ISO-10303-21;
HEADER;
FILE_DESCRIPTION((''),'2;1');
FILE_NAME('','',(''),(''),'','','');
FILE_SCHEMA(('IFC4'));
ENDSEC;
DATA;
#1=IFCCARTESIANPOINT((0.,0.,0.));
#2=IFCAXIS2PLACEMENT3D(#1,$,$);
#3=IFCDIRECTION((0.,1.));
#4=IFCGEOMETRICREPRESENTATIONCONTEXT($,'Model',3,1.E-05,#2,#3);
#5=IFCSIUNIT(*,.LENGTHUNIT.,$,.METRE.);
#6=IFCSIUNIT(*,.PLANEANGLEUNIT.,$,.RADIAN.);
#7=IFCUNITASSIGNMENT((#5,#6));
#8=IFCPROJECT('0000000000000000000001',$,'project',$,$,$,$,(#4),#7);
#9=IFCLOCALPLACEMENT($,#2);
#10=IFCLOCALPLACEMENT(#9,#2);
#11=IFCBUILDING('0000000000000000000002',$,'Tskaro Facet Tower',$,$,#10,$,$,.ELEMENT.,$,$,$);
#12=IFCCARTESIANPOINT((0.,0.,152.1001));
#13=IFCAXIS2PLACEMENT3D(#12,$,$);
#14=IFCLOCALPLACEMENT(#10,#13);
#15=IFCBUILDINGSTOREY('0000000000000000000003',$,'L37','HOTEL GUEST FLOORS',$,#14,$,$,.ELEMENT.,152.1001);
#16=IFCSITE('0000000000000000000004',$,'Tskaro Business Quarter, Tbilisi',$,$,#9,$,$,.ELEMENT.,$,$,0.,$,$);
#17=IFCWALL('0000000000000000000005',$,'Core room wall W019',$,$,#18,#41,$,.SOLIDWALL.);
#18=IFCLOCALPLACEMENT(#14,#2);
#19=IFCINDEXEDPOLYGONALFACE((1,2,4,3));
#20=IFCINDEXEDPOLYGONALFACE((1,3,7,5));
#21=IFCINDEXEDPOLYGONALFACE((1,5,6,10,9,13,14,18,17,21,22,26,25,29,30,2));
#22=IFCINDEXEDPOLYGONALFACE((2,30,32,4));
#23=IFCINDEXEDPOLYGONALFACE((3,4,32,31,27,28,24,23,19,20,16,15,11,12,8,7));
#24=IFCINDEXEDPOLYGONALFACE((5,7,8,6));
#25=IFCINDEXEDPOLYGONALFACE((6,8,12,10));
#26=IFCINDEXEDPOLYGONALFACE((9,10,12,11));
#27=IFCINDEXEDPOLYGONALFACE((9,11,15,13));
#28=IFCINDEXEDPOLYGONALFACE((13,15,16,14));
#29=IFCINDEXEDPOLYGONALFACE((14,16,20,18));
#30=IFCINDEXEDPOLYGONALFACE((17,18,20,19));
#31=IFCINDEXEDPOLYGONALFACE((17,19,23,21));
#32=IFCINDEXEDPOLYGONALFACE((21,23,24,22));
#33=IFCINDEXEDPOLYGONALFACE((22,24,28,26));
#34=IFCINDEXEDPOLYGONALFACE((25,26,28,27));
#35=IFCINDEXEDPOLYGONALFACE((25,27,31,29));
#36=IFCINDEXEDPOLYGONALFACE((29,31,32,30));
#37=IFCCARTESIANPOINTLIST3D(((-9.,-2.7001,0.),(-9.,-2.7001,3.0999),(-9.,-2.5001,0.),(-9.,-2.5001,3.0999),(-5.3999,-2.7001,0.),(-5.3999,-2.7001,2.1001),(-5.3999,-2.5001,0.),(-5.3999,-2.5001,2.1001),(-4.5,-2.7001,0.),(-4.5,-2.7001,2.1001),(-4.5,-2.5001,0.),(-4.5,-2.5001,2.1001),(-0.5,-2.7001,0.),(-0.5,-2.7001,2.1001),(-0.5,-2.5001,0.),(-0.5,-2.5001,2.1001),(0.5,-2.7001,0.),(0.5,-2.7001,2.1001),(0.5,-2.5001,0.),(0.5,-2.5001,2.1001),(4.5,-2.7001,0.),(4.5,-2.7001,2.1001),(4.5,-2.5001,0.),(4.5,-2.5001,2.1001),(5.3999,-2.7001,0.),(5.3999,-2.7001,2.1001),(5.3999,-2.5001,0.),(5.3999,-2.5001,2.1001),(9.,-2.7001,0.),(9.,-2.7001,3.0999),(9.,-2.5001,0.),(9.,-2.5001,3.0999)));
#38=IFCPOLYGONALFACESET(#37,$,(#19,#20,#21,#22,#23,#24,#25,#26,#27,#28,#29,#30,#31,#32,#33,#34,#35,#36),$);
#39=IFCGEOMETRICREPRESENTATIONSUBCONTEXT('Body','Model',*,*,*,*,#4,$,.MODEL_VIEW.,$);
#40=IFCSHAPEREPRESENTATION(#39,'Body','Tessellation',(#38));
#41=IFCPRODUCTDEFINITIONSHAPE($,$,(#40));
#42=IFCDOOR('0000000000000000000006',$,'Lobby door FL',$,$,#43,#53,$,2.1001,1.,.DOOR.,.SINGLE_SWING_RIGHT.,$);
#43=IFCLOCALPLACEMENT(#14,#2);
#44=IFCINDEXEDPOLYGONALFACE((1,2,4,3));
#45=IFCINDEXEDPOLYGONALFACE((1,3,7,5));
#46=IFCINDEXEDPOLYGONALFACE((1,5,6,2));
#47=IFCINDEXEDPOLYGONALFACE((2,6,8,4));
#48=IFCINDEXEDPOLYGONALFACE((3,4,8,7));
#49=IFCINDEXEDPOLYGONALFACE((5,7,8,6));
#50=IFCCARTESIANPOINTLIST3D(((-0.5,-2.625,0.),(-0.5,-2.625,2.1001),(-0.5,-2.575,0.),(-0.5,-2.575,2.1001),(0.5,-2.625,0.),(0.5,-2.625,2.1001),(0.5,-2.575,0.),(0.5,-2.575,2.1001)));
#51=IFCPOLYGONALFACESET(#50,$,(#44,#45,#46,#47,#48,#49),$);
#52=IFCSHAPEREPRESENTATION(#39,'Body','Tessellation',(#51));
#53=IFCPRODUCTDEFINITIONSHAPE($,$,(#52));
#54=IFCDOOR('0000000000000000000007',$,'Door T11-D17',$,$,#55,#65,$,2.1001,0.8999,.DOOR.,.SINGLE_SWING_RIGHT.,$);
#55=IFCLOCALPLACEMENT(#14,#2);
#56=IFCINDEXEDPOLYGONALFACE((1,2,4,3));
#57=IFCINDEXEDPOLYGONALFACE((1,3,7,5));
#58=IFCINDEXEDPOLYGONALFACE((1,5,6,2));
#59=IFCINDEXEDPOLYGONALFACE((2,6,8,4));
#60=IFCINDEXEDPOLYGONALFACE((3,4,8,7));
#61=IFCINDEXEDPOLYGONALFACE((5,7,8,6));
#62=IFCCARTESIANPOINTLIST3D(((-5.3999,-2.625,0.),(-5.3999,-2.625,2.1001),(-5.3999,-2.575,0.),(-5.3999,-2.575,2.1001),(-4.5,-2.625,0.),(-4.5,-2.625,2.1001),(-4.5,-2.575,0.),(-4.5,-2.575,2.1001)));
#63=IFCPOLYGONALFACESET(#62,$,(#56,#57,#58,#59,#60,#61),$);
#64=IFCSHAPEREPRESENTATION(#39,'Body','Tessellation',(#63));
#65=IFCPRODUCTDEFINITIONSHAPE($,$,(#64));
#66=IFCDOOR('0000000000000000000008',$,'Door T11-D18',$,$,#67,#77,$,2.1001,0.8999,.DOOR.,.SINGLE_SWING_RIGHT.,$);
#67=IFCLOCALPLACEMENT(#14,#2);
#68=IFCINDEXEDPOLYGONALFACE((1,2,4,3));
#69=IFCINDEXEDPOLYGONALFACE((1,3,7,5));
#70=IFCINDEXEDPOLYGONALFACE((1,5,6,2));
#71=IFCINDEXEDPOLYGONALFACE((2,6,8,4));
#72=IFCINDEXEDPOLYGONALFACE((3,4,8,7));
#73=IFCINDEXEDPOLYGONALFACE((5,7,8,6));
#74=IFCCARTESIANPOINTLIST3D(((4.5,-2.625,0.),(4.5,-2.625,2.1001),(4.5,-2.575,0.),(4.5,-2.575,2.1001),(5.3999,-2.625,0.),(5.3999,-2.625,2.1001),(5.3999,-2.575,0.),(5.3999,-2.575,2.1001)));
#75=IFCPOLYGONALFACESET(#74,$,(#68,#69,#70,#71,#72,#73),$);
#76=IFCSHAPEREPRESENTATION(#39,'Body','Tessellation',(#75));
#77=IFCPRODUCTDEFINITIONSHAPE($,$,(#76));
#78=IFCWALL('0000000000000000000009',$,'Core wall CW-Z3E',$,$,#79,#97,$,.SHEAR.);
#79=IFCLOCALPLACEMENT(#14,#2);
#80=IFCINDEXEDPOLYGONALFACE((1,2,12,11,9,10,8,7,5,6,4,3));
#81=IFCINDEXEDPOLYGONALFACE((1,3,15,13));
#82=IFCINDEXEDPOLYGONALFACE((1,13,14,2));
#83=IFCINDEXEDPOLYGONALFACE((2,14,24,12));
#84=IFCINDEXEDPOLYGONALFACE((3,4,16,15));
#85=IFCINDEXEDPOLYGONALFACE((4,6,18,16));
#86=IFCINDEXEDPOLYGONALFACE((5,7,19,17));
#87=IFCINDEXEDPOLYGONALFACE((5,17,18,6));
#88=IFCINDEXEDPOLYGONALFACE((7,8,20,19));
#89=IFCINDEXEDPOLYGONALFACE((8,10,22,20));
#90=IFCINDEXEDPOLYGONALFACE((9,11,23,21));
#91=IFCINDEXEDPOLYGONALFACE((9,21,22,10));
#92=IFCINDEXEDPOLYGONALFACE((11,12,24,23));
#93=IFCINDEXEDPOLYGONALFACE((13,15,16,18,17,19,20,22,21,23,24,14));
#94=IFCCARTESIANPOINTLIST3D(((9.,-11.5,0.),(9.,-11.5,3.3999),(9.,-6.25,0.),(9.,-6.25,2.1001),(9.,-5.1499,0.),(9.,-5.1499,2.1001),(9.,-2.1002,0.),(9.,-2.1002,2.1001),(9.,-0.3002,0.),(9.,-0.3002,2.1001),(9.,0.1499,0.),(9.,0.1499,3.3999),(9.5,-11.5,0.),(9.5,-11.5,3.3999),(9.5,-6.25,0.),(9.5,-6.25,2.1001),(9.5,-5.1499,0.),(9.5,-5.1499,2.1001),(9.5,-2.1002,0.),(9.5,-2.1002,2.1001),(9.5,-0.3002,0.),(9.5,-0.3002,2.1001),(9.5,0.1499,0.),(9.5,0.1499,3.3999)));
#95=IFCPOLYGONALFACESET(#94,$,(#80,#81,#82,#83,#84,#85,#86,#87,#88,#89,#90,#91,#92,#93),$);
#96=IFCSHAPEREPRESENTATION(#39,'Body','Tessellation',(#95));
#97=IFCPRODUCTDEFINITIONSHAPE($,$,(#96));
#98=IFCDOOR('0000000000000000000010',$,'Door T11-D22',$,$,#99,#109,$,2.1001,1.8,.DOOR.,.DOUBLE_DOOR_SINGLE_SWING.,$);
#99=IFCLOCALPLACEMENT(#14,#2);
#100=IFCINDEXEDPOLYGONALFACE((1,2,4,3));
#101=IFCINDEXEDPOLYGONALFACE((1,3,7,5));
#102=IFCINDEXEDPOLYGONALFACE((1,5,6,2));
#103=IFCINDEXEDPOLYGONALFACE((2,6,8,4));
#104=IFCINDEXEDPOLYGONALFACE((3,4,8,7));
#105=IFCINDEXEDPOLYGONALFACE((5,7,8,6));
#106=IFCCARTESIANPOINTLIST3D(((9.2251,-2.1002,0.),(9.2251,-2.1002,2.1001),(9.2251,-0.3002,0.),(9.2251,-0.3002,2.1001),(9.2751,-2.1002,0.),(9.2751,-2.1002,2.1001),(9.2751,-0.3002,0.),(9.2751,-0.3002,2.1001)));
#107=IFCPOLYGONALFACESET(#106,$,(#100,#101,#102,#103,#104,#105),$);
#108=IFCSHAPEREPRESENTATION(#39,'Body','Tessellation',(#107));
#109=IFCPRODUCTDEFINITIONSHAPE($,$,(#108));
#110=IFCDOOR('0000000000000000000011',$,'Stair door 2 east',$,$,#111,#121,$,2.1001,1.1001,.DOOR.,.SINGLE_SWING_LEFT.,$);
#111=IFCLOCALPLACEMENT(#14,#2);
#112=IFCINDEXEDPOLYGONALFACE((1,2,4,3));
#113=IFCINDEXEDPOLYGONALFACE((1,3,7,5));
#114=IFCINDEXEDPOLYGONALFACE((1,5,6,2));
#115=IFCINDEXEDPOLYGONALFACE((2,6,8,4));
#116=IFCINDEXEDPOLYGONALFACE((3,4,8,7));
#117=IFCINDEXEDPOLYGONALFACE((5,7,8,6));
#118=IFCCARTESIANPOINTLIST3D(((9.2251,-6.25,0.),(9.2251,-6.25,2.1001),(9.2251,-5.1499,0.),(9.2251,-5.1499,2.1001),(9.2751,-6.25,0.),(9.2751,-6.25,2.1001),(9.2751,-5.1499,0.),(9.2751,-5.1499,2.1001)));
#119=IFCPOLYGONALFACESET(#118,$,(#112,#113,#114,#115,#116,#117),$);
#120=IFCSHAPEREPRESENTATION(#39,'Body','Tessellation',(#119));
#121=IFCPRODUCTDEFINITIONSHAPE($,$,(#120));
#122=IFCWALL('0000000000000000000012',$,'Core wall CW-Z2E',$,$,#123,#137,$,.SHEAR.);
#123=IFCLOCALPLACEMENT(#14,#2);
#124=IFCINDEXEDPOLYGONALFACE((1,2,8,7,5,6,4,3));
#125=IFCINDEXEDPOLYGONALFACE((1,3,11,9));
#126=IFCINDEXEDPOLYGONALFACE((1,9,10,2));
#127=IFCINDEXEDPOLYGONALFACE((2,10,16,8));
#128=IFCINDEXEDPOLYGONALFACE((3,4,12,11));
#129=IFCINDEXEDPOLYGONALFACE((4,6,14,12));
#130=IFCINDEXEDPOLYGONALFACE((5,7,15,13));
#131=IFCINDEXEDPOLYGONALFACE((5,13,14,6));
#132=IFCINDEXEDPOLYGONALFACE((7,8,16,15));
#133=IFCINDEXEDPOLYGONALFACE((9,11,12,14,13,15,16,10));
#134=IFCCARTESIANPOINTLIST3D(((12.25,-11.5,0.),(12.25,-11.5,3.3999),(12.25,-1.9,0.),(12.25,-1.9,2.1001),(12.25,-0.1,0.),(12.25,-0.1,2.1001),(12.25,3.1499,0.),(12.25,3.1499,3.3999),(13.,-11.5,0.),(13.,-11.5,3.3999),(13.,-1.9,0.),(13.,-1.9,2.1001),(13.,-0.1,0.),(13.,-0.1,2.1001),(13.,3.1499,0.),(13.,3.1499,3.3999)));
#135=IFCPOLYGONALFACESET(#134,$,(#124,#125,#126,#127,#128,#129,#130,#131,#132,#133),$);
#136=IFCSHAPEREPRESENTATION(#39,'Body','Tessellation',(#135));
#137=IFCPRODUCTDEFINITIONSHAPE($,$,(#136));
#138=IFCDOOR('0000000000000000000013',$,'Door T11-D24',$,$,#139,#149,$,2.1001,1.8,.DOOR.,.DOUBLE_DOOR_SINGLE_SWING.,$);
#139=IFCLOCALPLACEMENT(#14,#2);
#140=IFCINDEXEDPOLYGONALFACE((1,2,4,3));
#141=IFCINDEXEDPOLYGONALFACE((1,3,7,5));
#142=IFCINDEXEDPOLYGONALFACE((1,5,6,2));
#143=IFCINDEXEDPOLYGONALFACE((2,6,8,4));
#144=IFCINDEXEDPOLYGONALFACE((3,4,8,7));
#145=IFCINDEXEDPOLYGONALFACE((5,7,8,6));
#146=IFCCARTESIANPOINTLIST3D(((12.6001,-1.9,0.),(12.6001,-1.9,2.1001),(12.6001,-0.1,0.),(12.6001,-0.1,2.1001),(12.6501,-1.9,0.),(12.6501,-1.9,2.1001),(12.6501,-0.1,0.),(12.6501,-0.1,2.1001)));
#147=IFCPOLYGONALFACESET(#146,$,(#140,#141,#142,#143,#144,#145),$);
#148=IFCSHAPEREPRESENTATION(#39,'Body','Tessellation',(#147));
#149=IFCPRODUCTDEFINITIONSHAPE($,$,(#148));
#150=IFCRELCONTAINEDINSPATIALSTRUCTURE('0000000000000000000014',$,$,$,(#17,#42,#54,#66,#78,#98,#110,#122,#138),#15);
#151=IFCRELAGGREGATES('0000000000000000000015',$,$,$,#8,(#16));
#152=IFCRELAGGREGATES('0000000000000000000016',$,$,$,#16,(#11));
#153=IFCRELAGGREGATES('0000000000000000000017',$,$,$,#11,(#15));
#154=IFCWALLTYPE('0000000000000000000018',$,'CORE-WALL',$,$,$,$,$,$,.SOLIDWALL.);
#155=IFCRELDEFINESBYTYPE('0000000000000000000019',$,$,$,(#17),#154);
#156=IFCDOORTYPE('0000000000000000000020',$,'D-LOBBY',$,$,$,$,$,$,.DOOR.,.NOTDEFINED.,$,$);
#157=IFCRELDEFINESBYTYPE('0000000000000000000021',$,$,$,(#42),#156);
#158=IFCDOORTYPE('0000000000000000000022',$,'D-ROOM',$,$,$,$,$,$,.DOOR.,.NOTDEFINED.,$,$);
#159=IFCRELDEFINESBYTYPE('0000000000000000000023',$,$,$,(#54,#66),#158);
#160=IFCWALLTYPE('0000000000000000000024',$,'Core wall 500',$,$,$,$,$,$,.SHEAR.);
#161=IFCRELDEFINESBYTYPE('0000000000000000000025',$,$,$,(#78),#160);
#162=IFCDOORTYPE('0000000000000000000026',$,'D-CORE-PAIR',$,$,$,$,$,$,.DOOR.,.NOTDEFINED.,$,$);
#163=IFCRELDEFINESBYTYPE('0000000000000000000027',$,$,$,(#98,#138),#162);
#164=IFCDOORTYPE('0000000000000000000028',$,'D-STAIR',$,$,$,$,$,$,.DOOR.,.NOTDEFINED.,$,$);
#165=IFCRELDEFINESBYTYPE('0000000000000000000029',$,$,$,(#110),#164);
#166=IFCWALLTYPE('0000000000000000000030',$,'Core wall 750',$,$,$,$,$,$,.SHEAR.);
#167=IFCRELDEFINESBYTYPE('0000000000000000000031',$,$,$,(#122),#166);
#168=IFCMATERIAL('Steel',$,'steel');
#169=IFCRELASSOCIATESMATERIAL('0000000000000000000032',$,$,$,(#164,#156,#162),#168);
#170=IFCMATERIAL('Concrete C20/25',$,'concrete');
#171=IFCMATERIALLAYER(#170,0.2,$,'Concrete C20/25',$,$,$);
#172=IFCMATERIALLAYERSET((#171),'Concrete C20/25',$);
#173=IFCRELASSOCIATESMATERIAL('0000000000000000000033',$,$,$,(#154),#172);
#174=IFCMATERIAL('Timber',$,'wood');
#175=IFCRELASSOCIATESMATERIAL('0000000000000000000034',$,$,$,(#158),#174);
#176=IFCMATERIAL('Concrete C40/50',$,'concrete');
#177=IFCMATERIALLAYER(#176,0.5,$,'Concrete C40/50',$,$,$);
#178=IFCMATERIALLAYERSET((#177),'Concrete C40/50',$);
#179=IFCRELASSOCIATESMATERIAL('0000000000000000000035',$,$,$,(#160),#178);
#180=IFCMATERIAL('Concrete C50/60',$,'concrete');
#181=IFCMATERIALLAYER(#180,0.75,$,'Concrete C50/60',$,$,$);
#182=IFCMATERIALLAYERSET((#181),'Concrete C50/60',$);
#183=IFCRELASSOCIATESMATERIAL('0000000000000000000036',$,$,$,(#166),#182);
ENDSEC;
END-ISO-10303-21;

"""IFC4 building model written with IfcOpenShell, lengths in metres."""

from ifc_helpers import new_model, si_unit, direction, frame, frame_2d, origin, place, context, subcontext, project, spatial, rectangle, extrude, material, layer, layer_set, type_object, element, fill, save


model = new_model("IFC4")

# Units and contexts
model_context = context("Model", 3, precision=1e-05, world=origin(), true_north=direction((0.0, 1.0)))
body_context = subcontext(model_context, "Body", "Model", "MODEL_VIEW")
ifc_project = project(units=[si_unit("LENGTHUNIT", "METRE"), si_unit("PLANEANGLEUNIT", "RADIAN")], contexts=[model_context])

# Site, building, storey
site_placement = place(None, origin())
site = spatial("IfcSite", under=ifc_project, at=site_placement, Name="Tskaro Business Quarter, Tbilisi", CompositionType="ELEMENT", RefElevation=0.0)
building_placement = place(site_placement, origin())
building = spatial("IfcBuilding", under=site, at=building_placement, Name="Tskaro Facet Tower", CompositionType="ELEMENT")
storey_placement = place(building_placement, frame((0.0, 0.0, 152.1001)))
storey = spatial("IfcBuildingStorey", under=building, at=storey_placement, Name="L37", Description="HOTEL GUEST FLOORS", CompositionType="ELEMENT", Elevation=152.1001)

# Shared definitions
ifc_material_1 = material(Name="Steel", Category="steel")
door_type_1 = type_object("IfcDoorType", Name="D-STAIR", OperationType="NOTDEFINED", PredefinedType="DOOR", material=ifc_material_1)

# Walls, openings, doors
ifc_material_2 = material(Name="Concrete C20/25", Category="concrete")
ifc_layer_1 = layer(ifc_material_2, 0.2, Name="Concrete C20/25")
ifc_layer_set_1 = layer_set([ifc_layer_1], Name="Concrete C20/25")
wall_type_1 = type_object("IfcWallType", Name="CORE-WALL", PredefinedType="SOLIDWALL", material=ifc_layer_set_1)
wall_1_placement = place(storey_placement, frame((9.0, -2.6001, 0.0), z_axis=(0.0, 0.0, 1.0), x_axis=(-1.0, 0.0, 0.0)))
wall_1 = element("IfcWall", 1, at=wall_1_placement, inside=storey, type_object=wall_type_1, Name="Core room wall W019", PredefinedType="SOLIDWALL", context=body_context, shape_type="SweptSolid", body=[
    extrude(rectangle(XDim=18.0, YDim=0.2, at=frame_2d((9.0, 0.0))), origin(), (0.0, 0.0, 1.0), 3.0999),
])
opening_1_placement = place(wall_1_placement, frame((8.5, 0.0, 0.0)))
opening_1 = element("IfcOpeningElement", 2, at=opening_1_placement, cuts=wall_1, PredefinedType="OPENING", context=body_context, shape_type="SweptSolid", body=[
    extrude(rectangle(XDim=1.0, YDim=2.1001, at=frame_2d((0.5, 1.05))), frame((0.0, 0.1099, 0.0), z_axis=(0.0, -1.0, 0.0), x_axis=(1.0, 0.0, 0.0)), (0.0, 0.0, 1.0), 0.22),
])
opening_2_placement = place(wall_1_placement, frame((13.5, 0.0, 0.0)))
opening_2 = element("IfcOpeningElement", 3, at=opening_2_placement, cuts=wall_1, PredefinedType="OPENING", context=body_context, shape_type="SweptSolid", body=[
    extrude(rectangle(XDim=0.8999, YDim=2.1001, at=frame_2d((0.45, 1.05))), frame((0.0, 0.1099, 0.0), z_axis=(0.0, -1.0, 0.0), x_axis=(1.0, 0.0, 0.0)), (0.0, 0.0, 1.0), 0.22),
])
opening_3_placement = place(wall_1_placement, frame((3.6001, 0.0, 0.0)))
opening_3 = element("IfcOpeningElement", 4, at=opening_3_placement, cuts=wall_1, PredefinedType="OPENING", context=body_context, shape_type="SweptSolid", body=[
    extrude(rectangle(XDim=0.8999, YDim=2.1001, at=frame_2d((0.45, 1.05))), frame((0.0, 0.1099, 0.0), z_axis=(0.0, -1.0, 0.0), x_axis=(1.0, 0.0, 0.0)), (0.0, 0.0, 1.0), 0.22),
])
door_type_2 = type_object("IfcDoorType", Name="D-LOBBY", OperationType="NOTDEFINED", PredefinedType="DOOR", material=ifc_material_1)
door_1_placement = place(opening_1_placement, origin())
door_1 = element("IfcDoor", 5, at=door_1_placement, inside=storey, type_object=door_type_2, Name="Lobby door FL", OperationType="SINGLE_SWING_RIGHT", OverallHeight=2.1001, OverallWidth=1.0, PredefinedType="DOOR", context=body_context, shape_type="SweptSolid", body=[
    extrude(rectangle(XDim=1.0, YDim=2.1001, at=frame_2d((0.5, 1.05))), frame((0.0, 0.0249, 0.0), z_axis=(0.0, -1.0, 0.0), x_axis=(1.0, 0.0, 0.0)), (0.0, 0.0, 1.0), 0.05),
])
fill(opening_1, door_1)
ifc_material_3 = material(Name="Timber", Category="wood")
door_type_3 = type_object("IfcDoorType", Name="D-ROOM", OperationType="NOTDEFINED", PredefinedType="DOOR", material=ifc_material_3)
door_2_placement = place(opening_2_placement, origin())
door_2 = element("IfcDoor", 6, at=door_2_placement, inside=storey, type_object=door_type_3, Name="Door T11-D17", OperationType="SINGLE_SWING_RIGHT", OverallHeight=2.1001, OverallWidth=0.8999, PredefinedType="DOOR", context=body_context, shape_type="SweptSolid", body=[
    extrude(rectangle(XDim=0.8999, YDim=2.1001, at=frame_2d((0.45, 1.05))), frame((0.0, 0.0249, 0.0), z_axis=(0.0, -1.0, 0.0), x_axis=(1.0, 0.0, 0.0)), (0.0, 0.0, 1.0), 0.05),
])
fill(opening_2, door_2)
door_3_placement = place(opening_3_placement, origin())
door_3 = element("IfcDoor", 7, at=door_3_placement, inside=storey, type_object=door_type_3, Name="Door T11-D18", OperationType="SINGLE_SWING_RIGHT", OverallHeight=2.1001, OverallWidth=0.8999, PredefinedType="DOOR", context=body_context, shape_type="SweptSolid", body=[
    extrude(rectangle(XDim=0.8999, YDim=2.1001, at=frame_2d((0.45, 1.05))), frame((0.0, 0.0249, 0.0), z_axis=(0.0, -1.0, 0.0), x_axis=(1.0, 0.0, 0.0)), (0.0, 0.0, 1.0), 0.05),
])
fill(opening_3, door_3)
ifc_material_4 = material(Name="Concrete C40/50", Category="concrete")
ifc_layer_2 = layer(ifc_material_4, 0.5, Name="Concrete C40/50")
ifc_layer_set_2 = layer_set([ifc_layer_2], Name="Concrete C40/50")
wall_type_2 = type_object("IfcWallType", Name="Core wall 500", PredefinedType="SHEAR", material=ifc_layer_set_2)
wall_2_placement = place(storey_placement, frame((9.25, -11.5, 0.0), z_axis=(0.0, 0.0, 1.0), x_axis=(0.0, 1.0, 0.0)))
wall_2 = element("IfcWall", 8, at=wall_2_placement, inside=storey, type_object=wall_type_2, Name="Core wall CW-Z3E", PredefinedType="SHEAR", context=body_context, shape_type="SweptSolid", body=[
    extrude(rectangle(XDim=11.6499, YDim=0.5, at=frame_2d((5.825, 0.0))), origin(), (0.0, 0.0, 1.0), 3.3999),
])
opening_4_placement = place(wall_2_placement, frame((9.3999, 0.0, 0.0)))
opening_4 = element("IfcOpeningElement", 9, at=opening_4_placement, cuts=wall_2, PredefinedType="OPENING", context=body_context, shape_type="SweptSolid", body=[
    extrude(rectangle(XDim=1.8, YDim=2.1001, at=frame_2d((0.8999, 1.05))), frame((0.0, 0.26, 0.0), z_axis=(0.0, -1.0, 0.0), x_axis=(1.0, 0.0, 0.0)), (0.0, 0.0, 1.0), 0.52),
])
opening_5_placement = place(wall_2_placement, frame((5.25, 0.0, 0.0)))
opening_5 = element("IfcOpeningElement", 10, at=opening_5_placement, cuts=wall_2, PredefinedType="OPENING", context=body_context, shape_type="SweptSolid", body=[
    extrude(rectangle(XDim=1.1001, YDim=2.1001, at=frame_2d((0.55, 1.05))), frame((0.0, 0.26, 0.0), z_axis=(0.0, -1.0, 0.0), x_axis=(1.0, 0.0, 0.0)), (0.0, 0.0, 1.0), 0.52),
])
door_type_4 = type_object("IfcDoorType", Name="D-CORE-PAIR", OperationType="NOTDEFINED", PredefinedType="DOOR", material=ifc_material_1)
door_4_placement = place(opening_4_placement, origin())
door_4 = element("IfcDoor", 11, at=door_4_placement, inside=storey, type_object=door_type_4, Name="Door T11-D22", OperationType="DOUBLE_DOOR_SINGLE_SWING", OverallHeight=2.1001, OverallWidth=1.8, PredefinedType="DOOR", context=body_context, shape_type="SweptSolid", body=[
    extrude(rectangle(XDim=1.8, YDim=2.1001, at=frame_2d((0.8999, 1.05))), frame((0.0, 0.0249, 0.0), z_axis=(0.0, -1.0, 0.0), x_axis=(1.0, 0.0, 0.0)), (0.0, 0.0, 1.0), 0.05),
])
fill(opening_4, door_4)
door_5_placement = place(opening_5_placement, origin())
door_5 = element("IfcDoor", 12, at=door_5_placement, inside=storey, type_object=door_type_1, Name="Stair door 2 east", OperationType="SINGLE_SWING_LEFT", OverallHeight=2.1001, OverallWidth=1.1001, PredefinedType="DOOR", context=body_context, shape_type="SweptSolid", body=[
    extrude(rectangle(XDim=1.1001, YDim=2.1001, at=frame_2d((0.55, 1.05))), frame((0.0, 0.0249, 0.0), z_axis=(0.0, -1.0, 0.0), x_axis=(1.0, 0.0, 0.0)), (0.0, 0.0, 1.0), 0.05),
])
fill(opening_5, door_5)

# Wall, opening, door
ifc_material_5 = material(Name="Concrete C50/60", Category="concrete")
ifc_layer_3 = layer(ifc_material_5, 0.75, Name="Concrete C50/60")
ifc_layer_set_3 = layer_set([ifc_layer_3], Name="Concrete C50/60")
wall_type_3 = type_object("IfcWallType", Name="Core wall 750", PredefinedType="SHEAR", material=ifc_layer_set_3)
wall_3_placement = place(storey_placement, frame((12.625, -11.5, 0.0), z_axis=(0.0, 0.0, 1.0), x_axis=(0.0, 1.0, 0.0)))
wall_3 = element("IfcWall", 13, at=wall_3_placement, inside=storey, type_object=wall_type_3, Name="Core wall CW-Z2E", PredefinedType="SHEAR", context=body_context, shape_type="SweptSolid", body=[
    extrude(rectangle(XDim=14.6499, YDim=0.75, at=frame_2d((7.325, 0.0))), origin(), (0.0, 0.0, 1.0), 3.3999),
])
opening_6_placement = place(wall_3_placement, frame((9.6001, 0.0, 0.0)))
opening_6 = element("IfcOpeningElement", 14, at=opening_6_placement, cuts=wall_3, PredefinedType="OPENING", context=body_context, shape_type="SweptSolid", body=[
    extrude(rectangle(XDim=1.8, YDim=2.1001, at=frame_2d((0.8999, 1.05))), frame((0.0, 0.385, 0.0), z_axis=(0.0, -1.0, 0.0), x_axis=(1.0, 0.0, 0.0)), (0.0, 0.0, 1.0), 0.77),
])
door_6_placement = place(opening_6_placement, origin())
door_6 = element("IfcDoor", 15, at=door_6_placement, inside=storey, type_object=door_type_4, Name="Door T11-D24", OperationType="DOUBLE_DOOR_SINGLE_SWING", OverallHeight=2.1001, OverallWidth=1.8, PredefinedType="DOOR", context=body_context, shape_type="SweptSolid", body=[
    extrude(rectangle(XDim=1.8, YDim=2.1001, at=frame_2d((0.8999, 1.05))), frame((0.0, 0.0249, 0.0), z_axis=(0.0, -1.0, 0.0), x_axis=(1.0, 0.0, 0.0)), (0.0, 0.0, 1.0), 0.05),
])
fill(opening_6, door_6)

save(model, "model.ifc")
